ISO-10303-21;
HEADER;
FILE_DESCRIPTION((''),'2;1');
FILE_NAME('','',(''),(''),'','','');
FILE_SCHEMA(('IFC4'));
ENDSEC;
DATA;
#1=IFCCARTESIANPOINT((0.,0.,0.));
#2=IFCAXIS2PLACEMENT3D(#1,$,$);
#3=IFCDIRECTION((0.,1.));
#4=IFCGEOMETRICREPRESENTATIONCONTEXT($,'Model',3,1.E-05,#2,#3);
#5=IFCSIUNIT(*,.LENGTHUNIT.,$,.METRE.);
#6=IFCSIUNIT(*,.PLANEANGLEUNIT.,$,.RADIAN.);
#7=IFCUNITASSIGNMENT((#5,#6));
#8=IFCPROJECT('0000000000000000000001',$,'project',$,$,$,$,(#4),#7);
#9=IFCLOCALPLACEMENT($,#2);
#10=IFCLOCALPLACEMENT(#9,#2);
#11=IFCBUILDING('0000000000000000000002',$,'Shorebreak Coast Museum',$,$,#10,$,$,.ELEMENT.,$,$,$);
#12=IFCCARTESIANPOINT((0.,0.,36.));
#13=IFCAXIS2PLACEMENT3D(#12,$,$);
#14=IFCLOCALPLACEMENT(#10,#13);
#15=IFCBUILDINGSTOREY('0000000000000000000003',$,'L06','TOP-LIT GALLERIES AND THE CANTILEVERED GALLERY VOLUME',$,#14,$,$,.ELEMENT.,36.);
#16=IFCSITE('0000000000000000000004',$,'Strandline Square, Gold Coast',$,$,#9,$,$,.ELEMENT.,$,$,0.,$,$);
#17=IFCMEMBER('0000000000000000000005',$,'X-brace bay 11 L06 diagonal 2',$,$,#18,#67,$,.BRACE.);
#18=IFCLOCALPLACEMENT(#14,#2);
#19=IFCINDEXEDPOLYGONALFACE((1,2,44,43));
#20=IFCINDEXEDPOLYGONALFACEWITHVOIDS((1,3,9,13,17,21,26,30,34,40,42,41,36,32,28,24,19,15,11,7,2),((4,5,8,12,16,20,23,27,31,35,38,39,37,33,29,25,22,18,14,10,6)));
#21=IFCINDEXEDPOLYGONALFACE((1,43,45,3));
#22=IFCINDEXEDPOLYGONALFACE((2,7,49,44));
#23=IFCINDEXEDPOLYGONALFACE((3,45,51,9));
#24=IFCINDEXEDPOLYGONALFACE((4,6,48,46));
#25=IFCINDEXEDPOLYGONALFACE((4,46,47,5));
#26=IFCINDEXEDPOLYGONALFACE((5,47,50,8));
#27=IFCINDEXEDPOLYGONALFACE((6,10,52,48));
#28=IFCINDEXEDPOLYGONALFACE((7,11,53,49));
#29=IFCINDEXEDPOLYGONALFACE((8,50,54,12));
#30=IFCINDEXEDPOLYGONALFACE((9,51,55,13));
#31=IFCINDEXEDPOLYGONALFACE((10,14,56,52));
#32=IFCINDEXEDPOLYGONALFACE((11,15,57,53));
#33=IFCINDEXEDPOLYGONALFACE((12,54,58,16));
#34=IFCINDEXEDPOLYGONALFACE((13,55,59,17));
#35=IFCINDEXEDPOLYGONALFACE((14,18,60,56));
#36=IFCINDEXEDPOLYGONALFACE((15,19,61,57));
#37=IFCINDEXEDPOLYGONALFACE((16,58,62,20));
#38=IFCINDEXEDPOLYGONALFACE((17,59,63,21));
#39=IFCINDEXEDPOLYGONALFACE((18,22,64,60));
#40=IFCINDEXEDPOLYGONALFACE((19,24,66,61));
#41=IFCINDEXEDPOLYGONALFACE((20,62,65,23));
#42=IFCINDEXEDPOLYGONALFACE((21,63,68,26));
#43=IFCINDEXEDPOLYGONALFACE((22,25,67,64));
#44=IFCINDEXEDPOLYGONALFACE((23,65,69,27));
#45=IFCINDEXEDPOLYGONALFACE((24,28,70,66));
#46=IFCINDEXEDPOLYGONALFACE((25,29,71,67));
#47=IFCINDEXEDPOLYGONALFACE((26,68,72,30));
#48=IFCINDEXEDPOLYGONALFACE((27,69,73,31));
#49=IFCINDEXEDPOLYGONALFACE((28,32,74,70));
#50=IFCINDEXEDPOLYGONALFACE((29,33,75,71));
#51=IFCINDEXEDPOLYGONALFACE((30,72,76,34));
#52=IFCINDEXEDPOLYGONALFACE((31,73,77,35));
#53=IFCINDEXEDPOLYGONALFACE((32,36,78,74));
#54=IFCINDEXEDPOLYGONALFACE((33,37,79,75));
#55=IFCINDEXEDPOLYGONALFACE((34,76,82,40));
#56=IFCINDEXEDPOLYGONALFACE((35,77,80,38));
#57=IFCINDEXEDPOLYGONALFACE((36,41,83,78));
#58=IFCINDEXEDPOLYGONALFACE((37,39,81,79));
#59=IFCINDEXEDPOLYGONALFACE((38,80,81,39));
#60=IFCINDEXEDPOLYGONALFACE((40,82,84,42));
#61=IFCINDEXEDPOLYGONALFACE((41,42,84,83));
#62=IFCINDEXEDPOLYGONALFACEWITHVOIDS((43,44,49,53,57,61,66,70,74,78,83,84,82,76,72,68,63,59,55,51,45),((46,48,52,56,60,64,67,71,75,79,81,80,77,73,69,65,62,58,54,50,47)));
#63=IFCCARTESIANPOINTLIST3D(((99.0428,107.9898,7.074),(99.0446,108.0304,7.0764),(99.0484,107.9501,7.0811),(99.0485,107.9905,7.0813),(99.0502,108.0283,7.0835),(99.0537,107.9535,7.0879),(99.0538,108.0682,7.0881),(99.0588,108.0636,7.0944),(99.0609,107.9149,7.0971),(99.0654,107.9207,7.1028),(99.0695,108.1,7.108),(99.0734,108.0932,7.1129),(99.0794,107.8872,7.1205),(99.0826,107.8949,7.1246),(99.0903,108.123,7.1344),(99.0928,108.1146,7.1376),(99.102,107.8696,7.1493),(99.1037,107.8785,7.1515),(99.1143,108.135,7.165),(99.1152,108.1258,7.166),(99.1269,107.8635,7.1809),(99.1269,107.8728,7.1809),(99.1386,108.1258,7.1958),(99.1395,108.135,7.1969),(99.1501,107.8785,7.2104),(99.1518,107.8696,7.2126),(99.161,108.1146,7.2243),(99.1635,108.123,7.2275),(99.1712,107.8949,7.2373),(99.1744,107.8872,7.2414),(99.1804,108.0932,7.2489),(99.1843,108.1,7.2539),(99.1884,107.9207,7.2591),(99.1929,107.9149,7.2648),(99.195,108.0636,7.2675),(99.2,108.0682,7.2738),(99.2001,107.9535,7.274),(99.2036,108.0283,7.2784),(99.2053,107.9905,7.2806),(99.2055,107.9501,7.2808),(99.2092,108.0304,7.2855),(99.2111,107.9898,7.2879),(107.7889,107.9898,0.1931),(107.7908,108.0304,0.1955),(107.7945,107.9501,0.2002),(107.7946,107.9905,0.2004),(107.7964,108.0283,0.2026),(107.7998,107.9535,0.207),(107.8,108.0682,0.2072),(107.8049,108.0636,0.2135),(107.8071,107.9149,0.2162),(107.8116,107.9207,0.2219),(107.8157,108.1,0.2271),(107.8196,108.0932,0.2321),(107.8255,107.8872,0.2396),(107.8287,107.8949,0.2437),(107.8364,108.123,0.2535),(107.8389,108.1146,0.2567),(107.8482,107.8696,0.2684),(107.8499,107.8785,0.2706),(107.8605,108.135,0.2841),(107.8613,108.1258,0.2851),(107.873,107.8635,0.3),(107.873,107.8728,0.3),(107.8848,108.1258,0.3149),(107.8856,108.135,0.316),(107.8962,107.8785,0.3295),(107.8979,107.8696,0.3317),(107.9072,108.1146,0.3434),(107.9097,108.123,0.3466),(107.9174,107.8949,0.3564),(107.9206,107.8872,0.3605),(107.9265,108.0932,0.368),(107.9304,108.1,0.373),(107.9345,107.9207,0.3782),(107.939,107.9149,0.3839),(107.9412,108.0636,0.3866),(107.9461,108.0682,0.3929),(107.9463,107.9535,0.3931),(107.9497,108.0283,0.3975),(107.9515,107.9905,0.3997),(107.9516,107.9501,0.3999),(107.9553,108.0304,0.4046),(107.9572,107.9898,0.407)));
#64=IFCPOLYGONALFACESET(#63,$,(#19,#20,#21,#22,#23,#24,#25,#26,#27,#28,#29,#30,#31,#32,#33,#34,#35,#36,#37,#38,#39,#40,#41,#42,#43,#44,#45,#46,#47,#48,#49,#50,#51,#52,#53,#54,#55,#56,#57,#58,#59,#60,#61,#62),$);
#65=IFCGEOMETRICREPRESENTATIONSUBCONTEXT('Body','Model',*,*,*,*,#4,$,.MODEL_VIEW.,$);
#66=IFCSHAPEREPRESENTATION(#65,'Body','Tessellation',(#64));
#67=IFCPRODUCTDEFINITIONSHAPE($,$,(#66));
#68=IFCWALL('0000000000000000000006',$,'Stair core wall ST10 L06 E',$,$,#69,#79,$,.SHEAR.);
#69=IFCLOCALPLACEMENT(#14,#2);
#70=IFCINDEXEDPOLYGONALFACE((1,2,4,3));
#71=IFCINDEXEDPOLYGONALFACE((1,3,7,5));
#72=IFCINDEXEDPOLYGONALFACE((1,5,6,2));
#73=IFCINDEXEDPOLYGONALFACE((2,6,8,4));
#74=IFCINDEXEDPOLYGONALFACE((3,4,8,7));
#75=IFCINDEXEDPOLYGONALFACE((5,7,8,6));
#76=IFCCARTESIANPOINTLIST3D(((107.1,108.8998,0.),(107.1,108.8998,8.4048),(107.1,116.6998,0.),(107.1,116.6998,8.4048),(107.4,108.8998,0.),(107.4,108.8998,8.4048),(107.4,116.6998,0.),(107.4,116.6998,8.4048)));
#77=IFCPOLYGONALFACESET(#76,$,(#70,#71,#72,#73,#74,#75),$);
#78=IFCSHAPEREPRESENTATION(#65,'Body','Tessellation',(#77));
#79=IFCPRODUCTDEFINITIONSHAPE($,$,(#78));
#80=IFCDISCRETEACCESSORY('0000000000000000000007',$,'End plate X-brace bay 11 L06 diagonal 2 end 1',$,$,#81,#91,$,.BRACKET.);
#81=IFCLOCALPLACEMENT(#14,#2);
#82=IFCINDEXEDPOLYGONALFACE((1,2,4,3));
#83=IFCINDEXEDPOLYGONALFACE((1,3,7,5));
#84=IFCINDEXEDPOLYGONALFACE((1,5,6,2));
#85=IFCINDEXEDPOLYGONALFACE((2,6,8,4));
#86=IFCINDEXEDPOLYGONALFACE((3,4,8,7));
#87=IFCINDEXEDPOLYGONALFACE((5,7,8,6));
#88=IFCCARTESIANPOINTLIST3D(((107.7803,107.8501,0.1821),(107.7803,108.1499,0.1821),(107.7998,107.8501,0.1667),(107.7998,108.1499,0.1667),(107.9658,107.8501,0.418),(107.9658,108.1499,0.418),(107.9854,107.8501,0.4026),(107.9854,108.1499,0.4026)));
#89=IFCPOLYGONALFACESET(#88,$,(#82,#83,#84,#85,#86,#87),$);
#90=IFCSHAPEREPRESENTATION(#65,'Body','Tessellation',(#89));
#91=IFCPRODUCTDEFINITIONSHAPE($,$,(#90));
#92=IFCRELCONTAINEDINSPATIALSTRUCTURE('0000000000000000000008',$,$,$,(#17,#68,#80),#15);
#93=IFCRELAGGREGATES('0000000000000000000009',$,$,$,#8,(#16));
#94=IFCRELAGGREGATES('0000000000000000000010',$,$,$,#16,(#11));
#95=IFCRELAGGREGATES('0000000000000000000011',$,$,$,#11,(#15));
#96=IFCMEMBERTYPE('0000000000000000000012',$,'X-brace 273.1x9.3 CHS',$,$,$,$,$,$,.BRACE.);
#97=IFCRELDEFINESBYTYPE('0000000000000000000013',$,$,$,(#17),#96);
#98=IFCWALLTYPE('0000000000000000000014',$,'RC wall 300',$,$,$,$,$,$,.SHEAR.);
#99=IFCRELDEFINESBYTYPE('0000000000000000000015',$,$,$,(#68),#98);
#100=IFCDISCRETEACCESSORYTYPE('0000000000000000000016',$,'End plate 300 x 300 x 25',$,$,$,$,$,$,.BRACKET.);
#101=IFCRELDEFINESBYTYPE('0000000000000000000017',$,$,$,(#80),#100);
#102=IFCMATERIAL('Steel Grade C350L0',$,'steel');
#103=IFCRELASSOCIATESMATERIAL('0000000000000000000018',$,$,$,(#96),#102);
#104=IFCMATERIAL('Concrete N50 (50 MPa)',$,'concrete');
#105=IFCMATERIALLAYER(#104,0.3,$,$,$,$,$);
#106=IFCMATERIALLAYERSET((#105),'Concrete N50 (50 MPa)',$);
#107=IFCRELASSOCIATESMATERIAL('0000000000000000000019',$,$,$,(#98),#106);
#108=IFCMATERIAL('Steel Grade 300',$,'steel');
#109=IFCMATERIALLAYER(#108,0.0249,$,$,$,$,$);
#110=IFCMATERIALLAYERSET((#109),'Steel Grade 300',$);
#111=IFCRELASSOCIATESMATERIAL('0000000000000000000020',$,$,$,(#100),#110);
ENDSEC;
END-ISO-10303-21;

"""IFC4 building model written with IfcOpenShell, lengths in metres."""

from ifc_helpers import new_model, si_unit, direction, frame, frame_2d, origin, origin_2d, place, context, subcontext, project, spatial, polyline, rectangle, hollow_circle, outline, extrude, material, layer, layer_set, material_profile, profile_set, type_object, element, save


model = new_model("IFC4")

# Units and contexts
model_context = context("Model", 3, precision=1e-05, world=origin(), true_north=direction((0.0, 1.0)))
body_context = subcontext(model_context, "Body", "Model", "MODEL_VIEW")
ifc_project = project(units=[si_unit("LENGTHUNIT", "METRE"), si_unit("PLANEANGLEUNIT", "RADIAN")], contexts=[model_context])

# Site, building, storey
site_placement = place(None, origin())
site = spatial("IfcSite", under=ifc_project, at=site_placement, Name="Strandline Square, Gold Coast", CompositionType="ELEMENT", RefElevation=0.0)
building_placement = place(site_placement, origin())
building = spatial("IfcBuilding", under=site, at=building_placement, Name="Shorebreak Coast Museum", CompositionType="ELEMENT")
storey_placement = place(building_placement, frame((0.0, 0.0, 36.0)))
storey = spatial("IfcBuildingStorey", under=building, at=storey_placement, Name="L06", Description="TOP-LIT GALLERIES AND THE CANTILEVERED GALLERY VOLUME", CompositionType="ELEMENT", Elevation=36.0)

# Member
ifc_material_1 = material(Name="Steel Grade C350L0", Category="steel")
ifc_material_profile_1 = material_profile(ifc_material_1, hollow_circle(Radius=0.1365, WallThickness=0.0093, at=origin_2d()), Name="273.1x9.3 CHS")
ifc_profile_set_1 = profile_set([ifc_material_profile_1], Name="Steel Grade C350L0")
member_type_1 = type_object("IfcMemberType", Name="X-brace 273.1x9.3 CHS", PredefinedType="BRACE", material=ifc_profile_set_1)
member_1_placement = place(storey_placement, frame((107.873, 108.0, 0.3), z_axis=(-0.785928, 0.0, 0.618318), x_axis=(0.0, -1.0, 0.0)))
element("IfcMember", 1, at=member_1_placement, inside=storey, type_object=member_type_1, Name="X-brace bay 11 L06 diagonal 2", PredefinedType="BRACE", context=body_context, shape_type="SweptSolid", body=[
    extrude(hollow_circle(Radius=0.1365, WallThickness=0.0093, at=origin_2d()), origin(), (0.0, 0.0, 1.0), 11.1284),
])

# Wall
ifc_material_2 = material(Name="Concrete N50 (50 MPa)", Category="concrete")
ifc_layer_1 = layer(ifc_material_2, 0.3)
ifc_layer_set_1 = layer_set([ifc_layer_1], Name="Concrete N50 (50 MPa)")
wall_type = type_object("IfcWallType", Name="RC wall 300", PredefinedType="SHEAR", material=ifc_layer_set_1)
wall_placement = place(storey_placement, frame((107.25, 108.8999, 0.0), z_axis=(0.0, 0.0, 1.0), x_axis=(0.0, 1.0, 0.0)))
element("IfcWall", 2, at=wall_placement, inside=storey, type_object=wall_type, Name="Stair core wall ST10 L06 E", PredefinedType="SHEAR", context=body_context, shape_type="SweptSolid", body=[
    extrude(rectangle(XDim=7.8, YDim=0.3, at=frame_2d((3.8999, 0.0))), origin(), (0.0, 0.0, 1.0), 8.4048),
])

# Discrete accessory
ifc_material_3 = material(Name="Steel Grade 300", Category="steel")
ifc_layer_2 = layer(ifc_material_3, 0.0249)
ifc_layer_set_2 = layer_set([ifc_layer_2], Name="Steel Grade 300")
discrete_accessory_type = type_object("IfcDiscreteAccessoryType", Name="End plate 300 x 300 x 25", PredefinedType="BRACKET", material=ifc_layer_set_2)
discrete_accessory_placement = place(storey_placement, frame((107.7803, 108.1499, 0.1821), z_axis=(-0.785923, 0.0, 0.618324), x_axis=(0.0, -1.0, 0.0)))
element("IfcDiscreteAccessory", 3, at=discrete_accessory_placement, inside=storey, type_object=discrete_accessory_type, Name="End plate X-brace bay 11 L06 diagonal 2 end 1", PredefinedType="BRACKET", context=body_context, shape_type="SweptSolid", body=[
    extrude(outline(polyline([(0.0, 0.0), (0.2998, 0.0), (0.2998, 0.3001), (0.0, 0.3001), (0.0, 0.0)])), origin(), (0.0, 0.0, -1.0), 0.0249),
])

save(model, "model.ifc")
